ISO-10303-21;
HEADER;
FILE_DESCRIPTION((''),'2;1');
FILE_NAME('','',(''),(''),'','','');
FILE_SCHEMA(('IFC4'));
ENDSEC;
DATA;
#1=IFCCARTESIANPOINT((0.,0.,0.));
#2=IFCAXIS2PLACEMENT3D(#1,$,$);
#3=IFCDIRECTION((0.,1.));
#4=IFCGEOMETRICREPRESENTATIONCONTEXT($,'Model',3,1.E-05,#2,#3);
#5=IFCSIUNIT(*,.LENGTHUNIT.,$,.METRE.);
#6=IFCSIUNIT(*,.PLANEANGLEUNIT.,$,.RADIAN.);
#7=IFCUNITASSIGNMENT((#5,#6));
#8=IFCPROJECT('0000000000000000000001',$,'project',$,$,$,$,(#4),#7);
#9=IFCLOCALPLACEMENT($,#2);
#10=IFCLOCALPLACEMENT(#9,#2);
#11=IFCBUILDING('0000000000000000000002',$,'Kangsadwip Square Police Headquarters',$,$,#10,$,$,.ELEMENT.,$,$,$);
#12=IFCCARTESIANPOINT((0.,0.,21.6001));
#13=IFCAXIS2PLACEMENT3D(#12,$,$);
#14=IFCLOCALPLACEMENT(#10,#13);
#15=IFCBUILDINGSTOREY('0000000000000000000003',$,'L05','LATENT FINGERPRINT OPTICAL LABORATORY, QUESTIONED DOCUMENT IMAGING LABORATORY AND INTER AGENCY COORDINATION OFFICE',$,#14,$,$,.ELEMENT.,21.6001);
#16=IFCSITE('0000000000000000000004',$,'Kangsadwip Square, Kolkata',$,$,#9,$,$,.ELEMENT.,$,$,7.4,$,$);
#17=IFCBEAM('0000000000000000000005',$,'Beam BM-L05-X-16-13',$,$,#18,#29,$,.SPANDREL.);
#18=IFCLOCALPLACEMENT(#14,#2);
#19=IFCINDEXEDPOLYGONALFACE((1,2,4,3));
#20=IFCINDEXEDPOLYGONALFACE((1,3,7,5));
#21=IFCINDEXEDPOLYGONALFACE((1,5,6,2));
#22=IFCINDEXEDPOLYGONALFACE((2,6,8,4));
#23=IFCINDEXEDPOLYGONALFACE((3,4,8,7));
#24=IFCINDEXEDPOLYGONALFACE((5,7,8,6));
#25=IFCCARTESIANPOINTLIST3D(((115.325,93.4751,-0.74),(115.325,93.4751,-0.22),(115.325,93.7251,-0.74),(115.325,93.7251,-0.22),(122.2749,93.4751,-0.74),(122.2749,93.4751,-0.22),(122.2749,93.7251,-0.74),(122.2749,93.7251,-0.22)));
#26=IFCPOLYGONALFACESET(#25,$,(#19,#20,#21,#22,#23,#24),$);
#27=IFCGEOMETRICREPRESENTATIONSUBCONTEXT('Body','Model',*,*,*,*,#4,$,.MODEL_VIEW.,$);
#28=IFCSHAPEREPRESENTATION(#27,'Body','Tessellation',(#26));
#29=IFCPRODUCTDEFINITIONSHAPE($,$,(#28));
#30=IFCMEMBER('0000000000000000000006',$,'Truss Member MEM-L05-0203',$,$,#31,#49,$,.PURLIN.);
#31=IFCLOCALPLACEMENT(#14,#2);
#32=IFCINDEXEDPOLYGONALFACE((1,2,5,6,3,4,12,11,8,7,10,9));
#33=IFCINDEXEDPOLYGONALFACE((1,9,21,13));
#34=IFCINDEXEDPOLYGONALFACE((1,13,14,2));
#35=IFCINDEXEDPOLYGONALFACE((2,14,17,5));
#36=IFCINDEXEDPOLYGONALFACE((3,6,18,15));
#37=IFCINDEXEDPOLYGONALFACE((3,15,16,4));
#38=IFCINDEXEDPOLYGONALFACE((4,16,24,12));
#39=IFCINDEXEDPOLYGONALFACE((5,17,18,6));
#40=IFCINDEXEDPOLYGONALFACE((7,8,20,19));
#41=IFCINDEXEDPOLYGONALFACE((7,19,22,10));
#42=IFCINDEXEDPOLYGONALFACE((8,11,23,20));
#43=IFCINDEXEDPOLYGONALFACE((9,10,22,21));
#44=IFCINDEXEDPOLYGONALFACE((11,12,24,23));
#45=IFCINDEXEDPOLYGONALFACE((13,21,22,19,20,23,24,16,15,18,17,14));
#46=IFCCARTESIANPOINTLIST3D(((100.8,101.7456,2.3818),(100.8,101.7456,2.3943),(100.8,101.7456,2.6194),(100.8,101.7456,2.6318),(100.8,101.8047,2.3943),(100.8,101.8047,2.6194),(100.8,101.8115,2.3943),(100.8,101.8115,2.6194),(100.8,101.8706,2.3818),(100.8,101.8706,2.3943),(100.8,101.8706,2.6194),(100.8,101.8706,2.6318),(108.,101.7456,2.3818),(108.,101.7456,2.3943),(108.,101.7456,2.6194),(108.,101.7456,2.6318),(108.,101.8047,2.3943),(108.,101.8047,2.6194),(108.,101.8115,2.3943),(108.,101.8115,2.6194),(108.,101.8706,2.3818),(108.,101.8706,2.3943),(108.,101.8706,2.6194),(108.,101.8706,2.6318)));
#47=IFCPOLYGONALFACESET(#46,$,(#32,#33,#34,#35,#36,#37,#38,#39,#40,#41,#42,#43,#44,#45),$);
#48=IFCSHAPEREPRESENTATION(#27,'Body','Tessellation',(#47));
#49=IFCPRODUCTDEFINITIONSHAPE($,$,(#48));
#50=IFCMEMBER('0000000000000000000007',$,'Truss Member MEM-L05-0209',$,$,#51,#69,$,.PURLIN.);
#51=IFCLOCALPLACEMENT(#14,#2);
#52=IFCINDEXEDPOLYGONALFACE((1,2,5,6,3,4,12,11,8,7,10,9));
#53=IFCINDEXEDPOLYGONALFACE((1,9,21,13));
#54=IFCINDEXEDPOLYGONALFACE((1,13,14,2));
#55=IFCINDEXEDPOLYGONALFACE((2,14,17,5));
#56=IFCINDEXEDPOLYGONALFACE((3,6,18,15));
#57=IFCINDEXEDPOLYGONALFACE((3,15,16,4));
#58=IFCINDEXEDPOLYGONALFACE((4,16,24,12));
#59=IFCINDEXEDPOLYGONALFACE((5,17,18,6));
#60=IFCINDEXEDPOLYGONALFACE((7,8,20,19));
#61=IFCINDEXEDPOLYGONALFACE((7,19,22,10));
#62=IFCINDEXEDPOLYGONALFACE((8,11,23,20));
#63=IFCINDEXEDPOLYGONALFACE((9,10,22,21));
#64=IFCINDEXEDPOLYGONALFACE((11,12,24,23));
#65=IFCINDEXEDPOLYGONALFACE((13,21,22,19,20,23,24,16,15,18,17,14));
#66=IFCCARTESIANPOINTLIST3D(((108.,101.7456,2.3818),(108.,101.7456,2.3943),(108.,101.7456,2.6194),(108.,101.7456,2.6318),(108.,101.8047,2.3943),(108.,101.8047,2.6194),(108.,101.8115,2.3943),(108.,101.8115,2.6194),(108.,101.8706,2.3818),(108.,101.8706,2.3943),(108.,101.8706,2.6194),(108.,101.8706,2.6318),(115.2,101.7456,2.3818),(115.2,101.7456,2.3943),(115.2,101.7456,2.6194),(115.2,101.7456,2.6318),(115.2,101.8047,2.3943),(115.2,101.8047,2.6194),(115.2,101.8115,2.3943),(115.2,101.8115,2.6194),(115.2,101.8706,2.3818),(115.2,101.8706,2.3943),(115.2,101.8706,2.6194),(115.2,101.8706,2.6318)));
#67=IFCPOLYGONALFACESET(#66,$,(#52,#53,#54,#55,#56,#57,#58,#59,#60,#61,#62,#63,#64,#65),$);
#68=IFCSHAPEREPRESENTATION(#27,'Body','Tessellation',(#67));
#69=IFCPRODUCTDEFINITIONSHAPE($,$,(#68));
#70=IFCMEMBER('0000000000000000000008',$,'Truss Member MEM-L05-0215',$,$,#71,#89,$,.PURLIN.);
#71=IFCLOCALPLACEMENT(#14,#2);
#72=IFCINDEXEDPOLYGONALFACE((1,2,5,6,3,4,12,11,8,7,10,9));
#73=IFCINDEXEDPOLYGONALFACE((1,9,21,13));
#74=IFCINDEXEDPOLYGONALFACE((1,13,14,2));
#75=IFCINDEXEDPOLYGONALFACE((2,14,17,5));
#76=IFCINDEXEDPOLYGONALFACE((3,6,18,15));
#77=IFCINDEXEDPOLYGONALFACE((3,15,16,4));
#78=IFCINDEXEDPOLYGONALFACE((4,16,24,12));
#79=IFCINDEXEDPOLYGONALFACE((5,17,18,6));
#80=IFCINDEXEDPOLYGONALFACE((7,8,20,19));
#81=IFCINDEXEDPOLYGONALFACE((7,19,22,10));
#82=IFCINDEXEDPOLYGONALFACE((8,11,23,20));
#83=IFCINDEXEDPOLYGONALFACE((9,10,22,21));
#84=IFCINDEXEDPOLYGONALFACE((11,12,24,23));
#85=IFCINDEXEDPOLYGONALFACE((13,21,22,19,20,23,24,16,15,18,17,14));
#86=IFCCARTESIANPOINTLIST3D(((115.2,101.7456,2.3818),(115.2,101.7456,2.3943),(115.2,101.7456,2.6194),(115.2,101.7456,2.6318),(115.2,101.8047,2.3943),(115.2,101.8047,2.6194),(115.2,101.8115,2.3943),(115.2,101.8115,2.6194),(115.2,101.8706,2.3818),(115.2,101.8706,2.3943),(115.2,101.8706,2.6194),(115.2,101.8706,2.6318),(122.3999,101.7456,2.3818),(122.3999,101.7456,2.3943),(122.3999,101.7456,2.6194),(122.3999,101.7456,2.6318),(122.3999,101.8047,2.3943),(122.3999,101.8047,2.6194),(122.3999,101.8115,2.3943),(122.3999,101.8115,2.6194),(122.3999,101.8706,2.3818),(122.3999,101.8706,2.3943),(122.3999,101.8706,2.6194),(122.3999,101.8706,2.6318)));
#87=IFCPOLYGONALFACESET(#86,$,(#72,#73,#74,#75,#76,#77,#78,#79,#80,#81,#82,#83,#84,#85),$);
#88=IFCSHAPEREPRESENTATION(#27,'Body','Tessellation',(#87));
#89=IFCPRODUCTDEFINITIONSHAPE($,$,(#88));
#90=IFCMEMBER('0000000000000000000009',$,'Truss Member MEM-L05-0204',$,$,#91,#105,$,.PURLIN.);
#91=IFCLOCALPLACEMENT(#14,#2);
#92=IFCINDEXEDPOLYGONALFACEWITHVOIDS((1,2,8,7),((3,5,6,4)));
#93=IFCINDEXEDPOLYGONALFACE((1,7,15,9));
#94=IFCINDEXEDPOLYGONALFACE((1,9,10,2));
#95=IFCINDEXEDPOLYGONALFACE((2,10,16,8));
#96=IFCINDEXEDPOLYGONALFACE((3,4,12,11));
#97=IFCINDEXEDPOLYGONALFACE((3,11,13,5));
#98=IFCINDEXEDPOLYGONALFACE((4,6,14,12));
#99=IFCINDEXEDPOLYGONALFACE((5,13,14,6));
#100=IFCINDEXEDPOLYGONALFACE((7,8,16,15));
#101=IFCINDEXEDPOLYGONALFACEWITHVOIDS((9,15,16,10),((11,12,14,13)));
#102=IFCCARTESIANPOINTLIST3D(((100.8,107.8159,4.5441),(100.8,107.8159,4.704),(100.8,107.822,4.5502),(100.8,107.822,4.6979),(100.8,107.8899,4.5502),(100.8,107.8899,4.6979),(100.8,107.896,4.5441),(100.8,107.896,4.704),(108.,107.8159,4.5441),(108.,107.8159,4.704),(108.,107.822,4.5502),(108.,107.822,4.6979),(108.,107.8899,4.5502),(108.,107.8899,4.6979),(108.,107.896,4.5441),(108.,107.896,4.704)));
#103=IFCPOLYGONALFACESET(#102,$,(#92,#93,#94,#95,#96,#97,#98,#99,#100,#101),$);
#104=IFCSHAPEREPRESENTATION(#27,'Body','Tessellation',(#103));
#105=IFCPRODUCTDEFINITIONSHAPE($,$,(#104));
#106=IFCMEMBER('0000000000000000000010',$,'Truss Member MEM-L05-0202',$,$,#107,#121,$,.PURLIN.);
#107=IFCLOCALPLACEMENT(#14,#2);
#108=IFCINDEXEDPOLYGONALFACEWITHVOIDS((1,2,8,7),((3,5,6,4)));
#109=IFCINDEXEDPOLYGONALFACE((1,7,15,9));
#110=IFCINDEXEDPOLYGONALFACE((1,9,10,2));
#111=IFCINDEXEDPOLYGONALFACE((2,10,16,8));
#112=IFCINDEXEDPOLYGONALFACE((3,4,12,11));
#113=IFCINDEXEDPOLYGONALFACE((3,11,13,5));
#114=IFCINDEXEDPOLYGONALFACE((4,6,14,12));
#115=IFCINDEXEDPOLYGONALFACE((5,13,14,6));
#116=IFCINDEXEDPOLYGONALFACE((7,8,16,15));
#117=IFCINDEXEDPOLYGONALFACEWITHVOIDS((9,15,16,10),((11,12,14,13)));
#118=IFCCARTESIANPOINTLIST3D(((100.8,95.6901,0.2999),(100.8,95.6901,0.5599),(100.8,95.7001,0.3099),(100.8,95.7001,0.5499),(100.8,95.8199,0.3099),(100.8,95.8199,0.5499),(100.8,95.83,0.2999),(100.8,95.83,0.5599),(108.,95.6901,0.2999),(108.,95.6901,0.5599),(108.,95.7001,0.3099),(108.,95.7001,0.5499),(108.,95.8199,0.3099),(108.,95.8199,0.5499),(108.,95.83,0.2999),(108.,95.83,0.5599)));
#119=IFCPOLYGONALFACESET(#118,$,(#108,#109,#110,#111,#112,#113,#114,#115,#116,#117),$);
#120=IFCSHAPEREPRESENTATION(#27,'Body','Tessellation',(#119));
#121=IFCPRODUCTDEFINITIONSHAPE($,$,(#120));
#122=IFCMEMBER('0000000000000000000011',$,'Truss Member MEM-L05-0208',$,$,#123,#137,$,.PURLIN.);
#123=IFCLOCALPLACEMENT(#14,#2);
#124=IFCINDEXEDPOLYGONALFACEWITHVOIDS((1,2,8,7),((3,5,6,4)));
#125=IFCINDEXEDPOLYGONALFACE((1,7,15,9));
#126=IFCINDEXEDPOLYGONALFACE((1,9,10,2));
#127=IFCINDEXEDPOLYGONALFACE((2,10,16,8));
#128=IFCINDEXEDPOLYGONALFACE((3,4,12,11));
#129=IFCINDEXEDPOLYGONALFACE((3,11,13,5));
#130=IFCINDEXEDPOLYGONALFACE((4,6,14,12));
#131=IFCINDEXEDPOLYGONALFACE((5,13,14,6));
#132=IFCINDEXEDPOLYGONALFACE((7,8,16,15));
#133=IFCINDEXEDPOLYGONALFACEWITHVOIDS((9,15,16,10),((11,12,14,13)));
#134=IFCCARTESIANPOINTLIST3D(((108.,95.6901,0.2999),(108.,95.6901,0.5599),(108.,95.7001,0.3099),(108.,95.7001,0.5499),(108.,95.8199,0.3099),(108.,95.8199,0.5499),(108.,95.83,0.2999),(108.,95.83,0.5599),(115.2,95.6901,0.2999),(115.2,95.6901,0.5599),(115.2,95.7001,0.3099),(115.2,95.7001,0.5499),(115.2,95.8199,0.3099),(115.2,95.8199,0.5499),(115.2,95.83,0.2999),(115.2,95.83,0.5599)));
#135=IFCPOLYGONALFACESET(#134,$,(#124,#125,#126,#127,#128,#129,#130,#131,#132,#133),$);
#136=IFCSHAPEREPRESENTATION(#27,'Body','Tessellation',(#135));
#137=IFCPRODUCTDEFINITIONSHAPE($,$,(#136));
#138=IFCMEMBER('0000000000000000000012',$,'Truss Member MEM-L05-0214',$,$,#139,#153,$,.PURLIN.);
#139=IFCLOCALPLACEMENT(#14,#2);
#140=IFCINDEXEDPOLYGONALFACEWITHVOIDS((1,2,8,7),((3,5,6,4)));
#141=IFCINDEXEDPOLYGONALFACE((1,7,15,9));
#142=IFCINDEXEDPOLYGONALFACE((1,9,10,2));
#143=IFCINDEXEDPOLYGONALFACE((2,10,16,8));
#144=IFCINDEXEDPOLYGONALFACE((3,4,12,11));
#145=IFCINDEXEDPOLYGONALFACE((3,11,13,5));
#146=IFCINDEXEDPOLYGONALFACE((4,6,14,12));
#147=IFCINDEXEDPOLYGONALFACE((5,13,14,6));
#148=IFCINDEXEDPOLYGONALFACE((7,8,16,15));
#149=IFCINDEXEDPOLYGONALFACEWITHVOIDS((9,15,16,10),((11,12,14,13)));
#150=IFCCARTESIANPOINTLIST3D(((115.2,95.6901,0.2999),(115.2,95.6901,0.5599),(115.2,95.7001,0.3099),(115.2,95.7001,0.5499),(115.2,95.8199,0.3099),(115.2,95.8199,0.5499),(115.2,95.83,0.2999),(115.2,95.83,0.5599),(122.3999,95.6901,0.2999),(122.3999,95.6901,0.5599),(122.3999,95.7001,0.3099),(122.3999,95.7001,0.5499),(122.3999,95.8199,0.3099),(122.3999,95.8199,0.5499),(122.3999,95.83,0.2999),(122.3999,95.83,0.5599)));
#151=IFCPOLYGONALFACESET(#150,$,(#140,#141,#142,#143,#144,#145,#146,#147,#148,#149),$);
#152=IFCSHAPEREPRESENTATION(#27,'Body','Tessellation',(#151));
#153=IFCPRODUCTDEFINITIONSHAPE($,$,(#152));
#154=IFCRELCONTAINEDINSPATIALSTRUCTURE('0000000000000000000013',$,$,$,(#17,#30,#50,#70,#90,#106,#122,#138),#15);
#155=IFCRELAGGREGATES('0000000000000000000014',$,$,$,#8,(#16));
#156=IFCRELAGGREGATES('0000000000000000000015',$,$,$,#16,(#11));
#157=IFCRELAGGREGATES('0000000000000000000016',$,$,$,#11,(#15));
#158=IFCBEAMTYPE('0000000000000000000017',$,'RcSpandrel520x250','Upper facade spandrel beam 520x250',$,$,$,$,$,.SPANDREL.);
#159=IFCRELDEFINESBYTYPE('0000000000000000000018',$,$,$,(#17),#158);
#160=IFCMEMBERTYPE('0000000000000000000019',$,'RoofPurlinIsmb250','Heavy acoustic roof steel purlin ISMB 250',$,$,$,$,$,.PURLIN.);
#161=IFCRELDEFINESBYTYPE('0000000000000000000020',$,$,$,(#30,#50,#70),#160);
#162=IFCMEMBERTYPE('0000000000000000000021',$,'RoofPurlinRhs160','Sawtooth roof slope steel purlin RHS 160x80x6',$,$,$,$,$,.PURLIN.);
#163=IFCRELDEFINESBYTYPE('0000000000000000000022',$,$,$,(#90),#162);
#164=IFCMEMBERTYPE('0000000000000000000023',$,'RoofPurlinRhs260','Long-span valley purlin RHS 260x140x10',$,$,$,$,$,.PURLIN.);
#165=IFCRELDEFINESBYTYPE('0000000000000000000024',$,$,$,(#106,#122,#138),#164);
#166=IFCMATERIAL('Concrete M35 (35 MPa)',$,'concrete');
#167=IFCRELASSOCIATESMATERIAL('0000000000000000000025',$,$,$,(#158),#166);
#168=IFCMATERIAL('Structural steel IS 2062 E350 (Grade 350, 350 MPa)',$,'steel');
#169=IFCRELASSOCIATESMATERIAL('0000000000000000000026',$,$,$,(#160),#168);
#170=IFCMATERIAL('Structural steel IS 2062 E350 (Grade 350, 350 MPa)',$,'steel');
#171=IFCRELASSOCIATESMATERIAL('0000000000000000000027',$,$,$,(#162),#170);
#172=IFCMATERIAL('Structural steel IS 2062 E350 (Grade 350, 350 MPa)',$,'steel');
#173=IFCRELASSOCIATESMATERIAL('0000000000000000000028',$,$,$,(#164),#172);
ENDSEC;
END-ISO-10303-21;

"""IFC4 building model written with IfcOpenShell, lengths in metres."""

from ifc_helpers import new_model, si_unit, direction, frame, origin, origin_2d, place, context, subcontext, project, spatial, rectangle, hollow_rectangle, i_section, extrude, material, material_profile, profile_set, type_object, element, save


model = new_model("IFC4")

# Units and contexts
model_context = context("Model", 3, precision=1e-05, world=origin(), true_north=direction((0.0, 1.0)))
body_context = subcontext(model_context, "Body", "Model", "MODEL_VIEW")
ifc_project = project(units=[si_unit("LENGTHUNIT", "METRE"), si_unit("PLANEANGLEUNIT", "RADIAN")], contexts=[model_context])

# Site, building, storey
site_placement = place(None, origin())
site = spatial("IfcSite", under=ifc_project, at=site_placement, Name="Kangsadwip Square, Kolkata", CompositionType="ELEMENT", RefElevation=7.4)
building_placement = place(site_placement, origin())
building = spatial("IfcBuilding", under=site, at=building_placement, Name="Kangsadwip Square Police Headquarters", CompositionType="ELEMENT")
storey_placement = place(building_placement, frame((0.0, 0.0, 21.6001)))
storey = spatial("IfcBuildingStorey", under=building, at=storey_placement, Name="L05", Description="LATENT FINGERPRINT OPTICAL LABORATORY, QUESTIONED DOCUMENT IMAGING LABORATORY AND INTER AGENCY COORDINATION OFFICE", CompositionType="ELEMENT", Elevation=21.6001)

# Beam
ifc_material_1 = material(Name="Concrete M35 (35 MPa)", Category="concrete")
ifc_material_profile_1 = material_profile(ifc_material_1, rectangle(XDim=0.25, YDim=0.52, at=origin_2d()), Name="RC SPN 520X250")
ifc_profile_set_1 = profile_set([ifc_material_profile_1], Name="Concrete M35 (35 MPa)")
beam_type = type_object("IfcBeamType", Name="RcSpandrel520x250", Description="Upper facade spandrel beam 520x250", PredefinedType="SPANDREL", material=ifc_profile_set_1)
beam_placement = place(storey_placement, frame((115.325, 93.6001, -0.48), z_axis=(1.0, 0.0, 0.0), x_axis=(0.0, 1.0, 0.0)))
element("IfcBeam", 1, at=beam_placement, inside=storey, type_object=beam_type, Name="Beam BM-L05-X-16-13", PredefinedType="SPANDREL", context=body_context, shape_type="SweptSolid", body=[
    extrude(rectangle(XDim=0.25, YDim=0.52, at=origin_2d()), origin(), (0.0, 0.0, 1.0), 6.95),
])

# Members
ifc_material_2 = material(Name="Structural steel IS 2062 E350 (Grade 350, 350 MPa)", Category="steel")
ifc_material_profile_2 = material_profile(ifc_material_2, i_section(OverallWidth=0.125, OverallDepth=0.25, WebThickness=0.0068, FlangeThickness=0.0125, at=origin_2d()), Name="ISMB 250")
ifc_profile_set_2 = profile_set([ifc_material_profile_2], Name="Structural steel IS 2062 E350 (Grade 350, 350 MPa)")
member_type_1 = type_object("IfcMemberType", Name="RoofPurlinIsmb250", Description="Heavy acoustic roof steel purlin ISMB 250", PredefinedType="PURLIN", material=ifc_profile_set_2)
for number, where, z_axis, x_axis, name in (
    (2, (100.8, 101.8081, 2.5068), (1.0, 0.0, 0.0), (0.0, 1.0, 0.0), "Truss Member MEM-L05-0203"),
    (3, (108.0, 101.8081, 2.5068), (1.0, 0.0, 0.0), (0.0, 1.0, 0.0), "Truss Member MEM-L05-0209"),
    (4, (115.2, 101.8081, 2.5068), (1.0, 0.0, 0.0), (0.0, 1.0, 0.0), "Truss Member MEM-L05-0215"),
):
    element("IfcMember", number, at=place(storey_placement, frame(where, z_axis=z_axis, x_axis=x_axis)), inside=storey, type_object=member_type_1, Name=name, PredefinedType="PURLIN", context=body_context, shape_type="SweptSolid", body=[
        extrude(i_section(OverallWidth=0.125, OverallDepth=0.25, WebThickness=0.0068, FlangeThickness=0.0125, at=origin_2d()), origin(), (0.0, 0.0, 1.0), 7.2),
    ])
ifc_material_3 = material(Name="Structural steel IS 2062 E350 (Grade 350, 350 MPa)", Category="steel")
ifc_material_profile_3 = material_profile(ifc_material_3, hollow_rectangle(XDim=0.0801, YDim=0.1599, WallThickness=0.0061, at=origin_2d()), Name="RHS 160X80X6")
ifc_profile_set_3 = profile_set([ifc_material_profile_3], Name="Structural steel IS 2062 E350 (Grade 350, 350 MPa)")
member_type_2 = type_object("IfcMemberType", Name="RoofPurlinRhs160", Description="Sawtooth roof slope steel purlin RHS 160x80x6", PredefinedType="PURLIN", material=ifc_profile_set_3)
member_1_placement = place(storey_placement, frame((100.8, 107.856, 4.624), z_axis=(1.0, 0.0, 0.0), x_axis=(0.0, 1.0, 0.0)))
element("IfcMember", 5, at=member_1_placement, inside=storey, type_object=member_type_2, Name="Truss Member MEM-L05-0204", PredefinedType="PURLIN", context=body_context, shape_type="SweptSolid", body=[
    extrude(hollow_rectangle(XDim=0.0801, YDim=0.1599, WallThickness=0.0061, at=origin_2d()), origin(), (0.0, 0.0, 1.0), 7.2),
])
ifc_material_4 = material(Name="Structural steel IS 2062 E350 (Grade 350, 350 MPa)", Category="steel")
ifc_material_profile_4 = material_profile(ifc_material_4, hollow_rectangle(XDim=0.1399, YDim=0.26, WallThickness=0.01, at=origin_2d()), Name="RHS 260X140X10")
ifc_profile_set_4 = profile_set([ifc_material_profile_4], Name="Structural steel IS 2062 E350 (Grade 350, 350 MPa)")
member_type_3 = type_object("IfcMemberType", Name="RoofPurlinRhs260", Description="Long-span valley purlin RHS 260x140x10", PredefinedType="PURLIN", material=ifc_profile_set_4)
for number, where, z_axis, x_axis, name in (
    (6, (100.8, 95.76, 0.4299), (1.0, 0.0, 0.0), (0.0, 1.0, 0.0), "Truss Member MEM-L05-0202"),
    (7, (108.0, 95.76, 0.4299), (1.0, 0.0, 0.0), (0.0, 1.0, 0.0), "Truss Member MEM-L05-0208"),
    (8, (115.2, 95.76, 0.4299), (1.0, 0.0, 0.0), (0.0, 1.0, 0.0), "Truss Member MEM-L05-0214"),
):
    element("IfcMember", number, at=place(storey_placement, frame(where, z_axis=z_axis, x_axis=x_axis)), inside=storey, type_object=member_type_3, Name=name, PredefinedType="PURLIN", context=body_context, shape_type="SweptSolid", body=[
        extrude(hollow_rectangle(XDim=0.1399, YDim=0.26, WallThickness=0.01, at=origin_2d()), origin(), (0.0, 0.0, 1.0), 7.2),
    ])

save(model, "model.ifc")
